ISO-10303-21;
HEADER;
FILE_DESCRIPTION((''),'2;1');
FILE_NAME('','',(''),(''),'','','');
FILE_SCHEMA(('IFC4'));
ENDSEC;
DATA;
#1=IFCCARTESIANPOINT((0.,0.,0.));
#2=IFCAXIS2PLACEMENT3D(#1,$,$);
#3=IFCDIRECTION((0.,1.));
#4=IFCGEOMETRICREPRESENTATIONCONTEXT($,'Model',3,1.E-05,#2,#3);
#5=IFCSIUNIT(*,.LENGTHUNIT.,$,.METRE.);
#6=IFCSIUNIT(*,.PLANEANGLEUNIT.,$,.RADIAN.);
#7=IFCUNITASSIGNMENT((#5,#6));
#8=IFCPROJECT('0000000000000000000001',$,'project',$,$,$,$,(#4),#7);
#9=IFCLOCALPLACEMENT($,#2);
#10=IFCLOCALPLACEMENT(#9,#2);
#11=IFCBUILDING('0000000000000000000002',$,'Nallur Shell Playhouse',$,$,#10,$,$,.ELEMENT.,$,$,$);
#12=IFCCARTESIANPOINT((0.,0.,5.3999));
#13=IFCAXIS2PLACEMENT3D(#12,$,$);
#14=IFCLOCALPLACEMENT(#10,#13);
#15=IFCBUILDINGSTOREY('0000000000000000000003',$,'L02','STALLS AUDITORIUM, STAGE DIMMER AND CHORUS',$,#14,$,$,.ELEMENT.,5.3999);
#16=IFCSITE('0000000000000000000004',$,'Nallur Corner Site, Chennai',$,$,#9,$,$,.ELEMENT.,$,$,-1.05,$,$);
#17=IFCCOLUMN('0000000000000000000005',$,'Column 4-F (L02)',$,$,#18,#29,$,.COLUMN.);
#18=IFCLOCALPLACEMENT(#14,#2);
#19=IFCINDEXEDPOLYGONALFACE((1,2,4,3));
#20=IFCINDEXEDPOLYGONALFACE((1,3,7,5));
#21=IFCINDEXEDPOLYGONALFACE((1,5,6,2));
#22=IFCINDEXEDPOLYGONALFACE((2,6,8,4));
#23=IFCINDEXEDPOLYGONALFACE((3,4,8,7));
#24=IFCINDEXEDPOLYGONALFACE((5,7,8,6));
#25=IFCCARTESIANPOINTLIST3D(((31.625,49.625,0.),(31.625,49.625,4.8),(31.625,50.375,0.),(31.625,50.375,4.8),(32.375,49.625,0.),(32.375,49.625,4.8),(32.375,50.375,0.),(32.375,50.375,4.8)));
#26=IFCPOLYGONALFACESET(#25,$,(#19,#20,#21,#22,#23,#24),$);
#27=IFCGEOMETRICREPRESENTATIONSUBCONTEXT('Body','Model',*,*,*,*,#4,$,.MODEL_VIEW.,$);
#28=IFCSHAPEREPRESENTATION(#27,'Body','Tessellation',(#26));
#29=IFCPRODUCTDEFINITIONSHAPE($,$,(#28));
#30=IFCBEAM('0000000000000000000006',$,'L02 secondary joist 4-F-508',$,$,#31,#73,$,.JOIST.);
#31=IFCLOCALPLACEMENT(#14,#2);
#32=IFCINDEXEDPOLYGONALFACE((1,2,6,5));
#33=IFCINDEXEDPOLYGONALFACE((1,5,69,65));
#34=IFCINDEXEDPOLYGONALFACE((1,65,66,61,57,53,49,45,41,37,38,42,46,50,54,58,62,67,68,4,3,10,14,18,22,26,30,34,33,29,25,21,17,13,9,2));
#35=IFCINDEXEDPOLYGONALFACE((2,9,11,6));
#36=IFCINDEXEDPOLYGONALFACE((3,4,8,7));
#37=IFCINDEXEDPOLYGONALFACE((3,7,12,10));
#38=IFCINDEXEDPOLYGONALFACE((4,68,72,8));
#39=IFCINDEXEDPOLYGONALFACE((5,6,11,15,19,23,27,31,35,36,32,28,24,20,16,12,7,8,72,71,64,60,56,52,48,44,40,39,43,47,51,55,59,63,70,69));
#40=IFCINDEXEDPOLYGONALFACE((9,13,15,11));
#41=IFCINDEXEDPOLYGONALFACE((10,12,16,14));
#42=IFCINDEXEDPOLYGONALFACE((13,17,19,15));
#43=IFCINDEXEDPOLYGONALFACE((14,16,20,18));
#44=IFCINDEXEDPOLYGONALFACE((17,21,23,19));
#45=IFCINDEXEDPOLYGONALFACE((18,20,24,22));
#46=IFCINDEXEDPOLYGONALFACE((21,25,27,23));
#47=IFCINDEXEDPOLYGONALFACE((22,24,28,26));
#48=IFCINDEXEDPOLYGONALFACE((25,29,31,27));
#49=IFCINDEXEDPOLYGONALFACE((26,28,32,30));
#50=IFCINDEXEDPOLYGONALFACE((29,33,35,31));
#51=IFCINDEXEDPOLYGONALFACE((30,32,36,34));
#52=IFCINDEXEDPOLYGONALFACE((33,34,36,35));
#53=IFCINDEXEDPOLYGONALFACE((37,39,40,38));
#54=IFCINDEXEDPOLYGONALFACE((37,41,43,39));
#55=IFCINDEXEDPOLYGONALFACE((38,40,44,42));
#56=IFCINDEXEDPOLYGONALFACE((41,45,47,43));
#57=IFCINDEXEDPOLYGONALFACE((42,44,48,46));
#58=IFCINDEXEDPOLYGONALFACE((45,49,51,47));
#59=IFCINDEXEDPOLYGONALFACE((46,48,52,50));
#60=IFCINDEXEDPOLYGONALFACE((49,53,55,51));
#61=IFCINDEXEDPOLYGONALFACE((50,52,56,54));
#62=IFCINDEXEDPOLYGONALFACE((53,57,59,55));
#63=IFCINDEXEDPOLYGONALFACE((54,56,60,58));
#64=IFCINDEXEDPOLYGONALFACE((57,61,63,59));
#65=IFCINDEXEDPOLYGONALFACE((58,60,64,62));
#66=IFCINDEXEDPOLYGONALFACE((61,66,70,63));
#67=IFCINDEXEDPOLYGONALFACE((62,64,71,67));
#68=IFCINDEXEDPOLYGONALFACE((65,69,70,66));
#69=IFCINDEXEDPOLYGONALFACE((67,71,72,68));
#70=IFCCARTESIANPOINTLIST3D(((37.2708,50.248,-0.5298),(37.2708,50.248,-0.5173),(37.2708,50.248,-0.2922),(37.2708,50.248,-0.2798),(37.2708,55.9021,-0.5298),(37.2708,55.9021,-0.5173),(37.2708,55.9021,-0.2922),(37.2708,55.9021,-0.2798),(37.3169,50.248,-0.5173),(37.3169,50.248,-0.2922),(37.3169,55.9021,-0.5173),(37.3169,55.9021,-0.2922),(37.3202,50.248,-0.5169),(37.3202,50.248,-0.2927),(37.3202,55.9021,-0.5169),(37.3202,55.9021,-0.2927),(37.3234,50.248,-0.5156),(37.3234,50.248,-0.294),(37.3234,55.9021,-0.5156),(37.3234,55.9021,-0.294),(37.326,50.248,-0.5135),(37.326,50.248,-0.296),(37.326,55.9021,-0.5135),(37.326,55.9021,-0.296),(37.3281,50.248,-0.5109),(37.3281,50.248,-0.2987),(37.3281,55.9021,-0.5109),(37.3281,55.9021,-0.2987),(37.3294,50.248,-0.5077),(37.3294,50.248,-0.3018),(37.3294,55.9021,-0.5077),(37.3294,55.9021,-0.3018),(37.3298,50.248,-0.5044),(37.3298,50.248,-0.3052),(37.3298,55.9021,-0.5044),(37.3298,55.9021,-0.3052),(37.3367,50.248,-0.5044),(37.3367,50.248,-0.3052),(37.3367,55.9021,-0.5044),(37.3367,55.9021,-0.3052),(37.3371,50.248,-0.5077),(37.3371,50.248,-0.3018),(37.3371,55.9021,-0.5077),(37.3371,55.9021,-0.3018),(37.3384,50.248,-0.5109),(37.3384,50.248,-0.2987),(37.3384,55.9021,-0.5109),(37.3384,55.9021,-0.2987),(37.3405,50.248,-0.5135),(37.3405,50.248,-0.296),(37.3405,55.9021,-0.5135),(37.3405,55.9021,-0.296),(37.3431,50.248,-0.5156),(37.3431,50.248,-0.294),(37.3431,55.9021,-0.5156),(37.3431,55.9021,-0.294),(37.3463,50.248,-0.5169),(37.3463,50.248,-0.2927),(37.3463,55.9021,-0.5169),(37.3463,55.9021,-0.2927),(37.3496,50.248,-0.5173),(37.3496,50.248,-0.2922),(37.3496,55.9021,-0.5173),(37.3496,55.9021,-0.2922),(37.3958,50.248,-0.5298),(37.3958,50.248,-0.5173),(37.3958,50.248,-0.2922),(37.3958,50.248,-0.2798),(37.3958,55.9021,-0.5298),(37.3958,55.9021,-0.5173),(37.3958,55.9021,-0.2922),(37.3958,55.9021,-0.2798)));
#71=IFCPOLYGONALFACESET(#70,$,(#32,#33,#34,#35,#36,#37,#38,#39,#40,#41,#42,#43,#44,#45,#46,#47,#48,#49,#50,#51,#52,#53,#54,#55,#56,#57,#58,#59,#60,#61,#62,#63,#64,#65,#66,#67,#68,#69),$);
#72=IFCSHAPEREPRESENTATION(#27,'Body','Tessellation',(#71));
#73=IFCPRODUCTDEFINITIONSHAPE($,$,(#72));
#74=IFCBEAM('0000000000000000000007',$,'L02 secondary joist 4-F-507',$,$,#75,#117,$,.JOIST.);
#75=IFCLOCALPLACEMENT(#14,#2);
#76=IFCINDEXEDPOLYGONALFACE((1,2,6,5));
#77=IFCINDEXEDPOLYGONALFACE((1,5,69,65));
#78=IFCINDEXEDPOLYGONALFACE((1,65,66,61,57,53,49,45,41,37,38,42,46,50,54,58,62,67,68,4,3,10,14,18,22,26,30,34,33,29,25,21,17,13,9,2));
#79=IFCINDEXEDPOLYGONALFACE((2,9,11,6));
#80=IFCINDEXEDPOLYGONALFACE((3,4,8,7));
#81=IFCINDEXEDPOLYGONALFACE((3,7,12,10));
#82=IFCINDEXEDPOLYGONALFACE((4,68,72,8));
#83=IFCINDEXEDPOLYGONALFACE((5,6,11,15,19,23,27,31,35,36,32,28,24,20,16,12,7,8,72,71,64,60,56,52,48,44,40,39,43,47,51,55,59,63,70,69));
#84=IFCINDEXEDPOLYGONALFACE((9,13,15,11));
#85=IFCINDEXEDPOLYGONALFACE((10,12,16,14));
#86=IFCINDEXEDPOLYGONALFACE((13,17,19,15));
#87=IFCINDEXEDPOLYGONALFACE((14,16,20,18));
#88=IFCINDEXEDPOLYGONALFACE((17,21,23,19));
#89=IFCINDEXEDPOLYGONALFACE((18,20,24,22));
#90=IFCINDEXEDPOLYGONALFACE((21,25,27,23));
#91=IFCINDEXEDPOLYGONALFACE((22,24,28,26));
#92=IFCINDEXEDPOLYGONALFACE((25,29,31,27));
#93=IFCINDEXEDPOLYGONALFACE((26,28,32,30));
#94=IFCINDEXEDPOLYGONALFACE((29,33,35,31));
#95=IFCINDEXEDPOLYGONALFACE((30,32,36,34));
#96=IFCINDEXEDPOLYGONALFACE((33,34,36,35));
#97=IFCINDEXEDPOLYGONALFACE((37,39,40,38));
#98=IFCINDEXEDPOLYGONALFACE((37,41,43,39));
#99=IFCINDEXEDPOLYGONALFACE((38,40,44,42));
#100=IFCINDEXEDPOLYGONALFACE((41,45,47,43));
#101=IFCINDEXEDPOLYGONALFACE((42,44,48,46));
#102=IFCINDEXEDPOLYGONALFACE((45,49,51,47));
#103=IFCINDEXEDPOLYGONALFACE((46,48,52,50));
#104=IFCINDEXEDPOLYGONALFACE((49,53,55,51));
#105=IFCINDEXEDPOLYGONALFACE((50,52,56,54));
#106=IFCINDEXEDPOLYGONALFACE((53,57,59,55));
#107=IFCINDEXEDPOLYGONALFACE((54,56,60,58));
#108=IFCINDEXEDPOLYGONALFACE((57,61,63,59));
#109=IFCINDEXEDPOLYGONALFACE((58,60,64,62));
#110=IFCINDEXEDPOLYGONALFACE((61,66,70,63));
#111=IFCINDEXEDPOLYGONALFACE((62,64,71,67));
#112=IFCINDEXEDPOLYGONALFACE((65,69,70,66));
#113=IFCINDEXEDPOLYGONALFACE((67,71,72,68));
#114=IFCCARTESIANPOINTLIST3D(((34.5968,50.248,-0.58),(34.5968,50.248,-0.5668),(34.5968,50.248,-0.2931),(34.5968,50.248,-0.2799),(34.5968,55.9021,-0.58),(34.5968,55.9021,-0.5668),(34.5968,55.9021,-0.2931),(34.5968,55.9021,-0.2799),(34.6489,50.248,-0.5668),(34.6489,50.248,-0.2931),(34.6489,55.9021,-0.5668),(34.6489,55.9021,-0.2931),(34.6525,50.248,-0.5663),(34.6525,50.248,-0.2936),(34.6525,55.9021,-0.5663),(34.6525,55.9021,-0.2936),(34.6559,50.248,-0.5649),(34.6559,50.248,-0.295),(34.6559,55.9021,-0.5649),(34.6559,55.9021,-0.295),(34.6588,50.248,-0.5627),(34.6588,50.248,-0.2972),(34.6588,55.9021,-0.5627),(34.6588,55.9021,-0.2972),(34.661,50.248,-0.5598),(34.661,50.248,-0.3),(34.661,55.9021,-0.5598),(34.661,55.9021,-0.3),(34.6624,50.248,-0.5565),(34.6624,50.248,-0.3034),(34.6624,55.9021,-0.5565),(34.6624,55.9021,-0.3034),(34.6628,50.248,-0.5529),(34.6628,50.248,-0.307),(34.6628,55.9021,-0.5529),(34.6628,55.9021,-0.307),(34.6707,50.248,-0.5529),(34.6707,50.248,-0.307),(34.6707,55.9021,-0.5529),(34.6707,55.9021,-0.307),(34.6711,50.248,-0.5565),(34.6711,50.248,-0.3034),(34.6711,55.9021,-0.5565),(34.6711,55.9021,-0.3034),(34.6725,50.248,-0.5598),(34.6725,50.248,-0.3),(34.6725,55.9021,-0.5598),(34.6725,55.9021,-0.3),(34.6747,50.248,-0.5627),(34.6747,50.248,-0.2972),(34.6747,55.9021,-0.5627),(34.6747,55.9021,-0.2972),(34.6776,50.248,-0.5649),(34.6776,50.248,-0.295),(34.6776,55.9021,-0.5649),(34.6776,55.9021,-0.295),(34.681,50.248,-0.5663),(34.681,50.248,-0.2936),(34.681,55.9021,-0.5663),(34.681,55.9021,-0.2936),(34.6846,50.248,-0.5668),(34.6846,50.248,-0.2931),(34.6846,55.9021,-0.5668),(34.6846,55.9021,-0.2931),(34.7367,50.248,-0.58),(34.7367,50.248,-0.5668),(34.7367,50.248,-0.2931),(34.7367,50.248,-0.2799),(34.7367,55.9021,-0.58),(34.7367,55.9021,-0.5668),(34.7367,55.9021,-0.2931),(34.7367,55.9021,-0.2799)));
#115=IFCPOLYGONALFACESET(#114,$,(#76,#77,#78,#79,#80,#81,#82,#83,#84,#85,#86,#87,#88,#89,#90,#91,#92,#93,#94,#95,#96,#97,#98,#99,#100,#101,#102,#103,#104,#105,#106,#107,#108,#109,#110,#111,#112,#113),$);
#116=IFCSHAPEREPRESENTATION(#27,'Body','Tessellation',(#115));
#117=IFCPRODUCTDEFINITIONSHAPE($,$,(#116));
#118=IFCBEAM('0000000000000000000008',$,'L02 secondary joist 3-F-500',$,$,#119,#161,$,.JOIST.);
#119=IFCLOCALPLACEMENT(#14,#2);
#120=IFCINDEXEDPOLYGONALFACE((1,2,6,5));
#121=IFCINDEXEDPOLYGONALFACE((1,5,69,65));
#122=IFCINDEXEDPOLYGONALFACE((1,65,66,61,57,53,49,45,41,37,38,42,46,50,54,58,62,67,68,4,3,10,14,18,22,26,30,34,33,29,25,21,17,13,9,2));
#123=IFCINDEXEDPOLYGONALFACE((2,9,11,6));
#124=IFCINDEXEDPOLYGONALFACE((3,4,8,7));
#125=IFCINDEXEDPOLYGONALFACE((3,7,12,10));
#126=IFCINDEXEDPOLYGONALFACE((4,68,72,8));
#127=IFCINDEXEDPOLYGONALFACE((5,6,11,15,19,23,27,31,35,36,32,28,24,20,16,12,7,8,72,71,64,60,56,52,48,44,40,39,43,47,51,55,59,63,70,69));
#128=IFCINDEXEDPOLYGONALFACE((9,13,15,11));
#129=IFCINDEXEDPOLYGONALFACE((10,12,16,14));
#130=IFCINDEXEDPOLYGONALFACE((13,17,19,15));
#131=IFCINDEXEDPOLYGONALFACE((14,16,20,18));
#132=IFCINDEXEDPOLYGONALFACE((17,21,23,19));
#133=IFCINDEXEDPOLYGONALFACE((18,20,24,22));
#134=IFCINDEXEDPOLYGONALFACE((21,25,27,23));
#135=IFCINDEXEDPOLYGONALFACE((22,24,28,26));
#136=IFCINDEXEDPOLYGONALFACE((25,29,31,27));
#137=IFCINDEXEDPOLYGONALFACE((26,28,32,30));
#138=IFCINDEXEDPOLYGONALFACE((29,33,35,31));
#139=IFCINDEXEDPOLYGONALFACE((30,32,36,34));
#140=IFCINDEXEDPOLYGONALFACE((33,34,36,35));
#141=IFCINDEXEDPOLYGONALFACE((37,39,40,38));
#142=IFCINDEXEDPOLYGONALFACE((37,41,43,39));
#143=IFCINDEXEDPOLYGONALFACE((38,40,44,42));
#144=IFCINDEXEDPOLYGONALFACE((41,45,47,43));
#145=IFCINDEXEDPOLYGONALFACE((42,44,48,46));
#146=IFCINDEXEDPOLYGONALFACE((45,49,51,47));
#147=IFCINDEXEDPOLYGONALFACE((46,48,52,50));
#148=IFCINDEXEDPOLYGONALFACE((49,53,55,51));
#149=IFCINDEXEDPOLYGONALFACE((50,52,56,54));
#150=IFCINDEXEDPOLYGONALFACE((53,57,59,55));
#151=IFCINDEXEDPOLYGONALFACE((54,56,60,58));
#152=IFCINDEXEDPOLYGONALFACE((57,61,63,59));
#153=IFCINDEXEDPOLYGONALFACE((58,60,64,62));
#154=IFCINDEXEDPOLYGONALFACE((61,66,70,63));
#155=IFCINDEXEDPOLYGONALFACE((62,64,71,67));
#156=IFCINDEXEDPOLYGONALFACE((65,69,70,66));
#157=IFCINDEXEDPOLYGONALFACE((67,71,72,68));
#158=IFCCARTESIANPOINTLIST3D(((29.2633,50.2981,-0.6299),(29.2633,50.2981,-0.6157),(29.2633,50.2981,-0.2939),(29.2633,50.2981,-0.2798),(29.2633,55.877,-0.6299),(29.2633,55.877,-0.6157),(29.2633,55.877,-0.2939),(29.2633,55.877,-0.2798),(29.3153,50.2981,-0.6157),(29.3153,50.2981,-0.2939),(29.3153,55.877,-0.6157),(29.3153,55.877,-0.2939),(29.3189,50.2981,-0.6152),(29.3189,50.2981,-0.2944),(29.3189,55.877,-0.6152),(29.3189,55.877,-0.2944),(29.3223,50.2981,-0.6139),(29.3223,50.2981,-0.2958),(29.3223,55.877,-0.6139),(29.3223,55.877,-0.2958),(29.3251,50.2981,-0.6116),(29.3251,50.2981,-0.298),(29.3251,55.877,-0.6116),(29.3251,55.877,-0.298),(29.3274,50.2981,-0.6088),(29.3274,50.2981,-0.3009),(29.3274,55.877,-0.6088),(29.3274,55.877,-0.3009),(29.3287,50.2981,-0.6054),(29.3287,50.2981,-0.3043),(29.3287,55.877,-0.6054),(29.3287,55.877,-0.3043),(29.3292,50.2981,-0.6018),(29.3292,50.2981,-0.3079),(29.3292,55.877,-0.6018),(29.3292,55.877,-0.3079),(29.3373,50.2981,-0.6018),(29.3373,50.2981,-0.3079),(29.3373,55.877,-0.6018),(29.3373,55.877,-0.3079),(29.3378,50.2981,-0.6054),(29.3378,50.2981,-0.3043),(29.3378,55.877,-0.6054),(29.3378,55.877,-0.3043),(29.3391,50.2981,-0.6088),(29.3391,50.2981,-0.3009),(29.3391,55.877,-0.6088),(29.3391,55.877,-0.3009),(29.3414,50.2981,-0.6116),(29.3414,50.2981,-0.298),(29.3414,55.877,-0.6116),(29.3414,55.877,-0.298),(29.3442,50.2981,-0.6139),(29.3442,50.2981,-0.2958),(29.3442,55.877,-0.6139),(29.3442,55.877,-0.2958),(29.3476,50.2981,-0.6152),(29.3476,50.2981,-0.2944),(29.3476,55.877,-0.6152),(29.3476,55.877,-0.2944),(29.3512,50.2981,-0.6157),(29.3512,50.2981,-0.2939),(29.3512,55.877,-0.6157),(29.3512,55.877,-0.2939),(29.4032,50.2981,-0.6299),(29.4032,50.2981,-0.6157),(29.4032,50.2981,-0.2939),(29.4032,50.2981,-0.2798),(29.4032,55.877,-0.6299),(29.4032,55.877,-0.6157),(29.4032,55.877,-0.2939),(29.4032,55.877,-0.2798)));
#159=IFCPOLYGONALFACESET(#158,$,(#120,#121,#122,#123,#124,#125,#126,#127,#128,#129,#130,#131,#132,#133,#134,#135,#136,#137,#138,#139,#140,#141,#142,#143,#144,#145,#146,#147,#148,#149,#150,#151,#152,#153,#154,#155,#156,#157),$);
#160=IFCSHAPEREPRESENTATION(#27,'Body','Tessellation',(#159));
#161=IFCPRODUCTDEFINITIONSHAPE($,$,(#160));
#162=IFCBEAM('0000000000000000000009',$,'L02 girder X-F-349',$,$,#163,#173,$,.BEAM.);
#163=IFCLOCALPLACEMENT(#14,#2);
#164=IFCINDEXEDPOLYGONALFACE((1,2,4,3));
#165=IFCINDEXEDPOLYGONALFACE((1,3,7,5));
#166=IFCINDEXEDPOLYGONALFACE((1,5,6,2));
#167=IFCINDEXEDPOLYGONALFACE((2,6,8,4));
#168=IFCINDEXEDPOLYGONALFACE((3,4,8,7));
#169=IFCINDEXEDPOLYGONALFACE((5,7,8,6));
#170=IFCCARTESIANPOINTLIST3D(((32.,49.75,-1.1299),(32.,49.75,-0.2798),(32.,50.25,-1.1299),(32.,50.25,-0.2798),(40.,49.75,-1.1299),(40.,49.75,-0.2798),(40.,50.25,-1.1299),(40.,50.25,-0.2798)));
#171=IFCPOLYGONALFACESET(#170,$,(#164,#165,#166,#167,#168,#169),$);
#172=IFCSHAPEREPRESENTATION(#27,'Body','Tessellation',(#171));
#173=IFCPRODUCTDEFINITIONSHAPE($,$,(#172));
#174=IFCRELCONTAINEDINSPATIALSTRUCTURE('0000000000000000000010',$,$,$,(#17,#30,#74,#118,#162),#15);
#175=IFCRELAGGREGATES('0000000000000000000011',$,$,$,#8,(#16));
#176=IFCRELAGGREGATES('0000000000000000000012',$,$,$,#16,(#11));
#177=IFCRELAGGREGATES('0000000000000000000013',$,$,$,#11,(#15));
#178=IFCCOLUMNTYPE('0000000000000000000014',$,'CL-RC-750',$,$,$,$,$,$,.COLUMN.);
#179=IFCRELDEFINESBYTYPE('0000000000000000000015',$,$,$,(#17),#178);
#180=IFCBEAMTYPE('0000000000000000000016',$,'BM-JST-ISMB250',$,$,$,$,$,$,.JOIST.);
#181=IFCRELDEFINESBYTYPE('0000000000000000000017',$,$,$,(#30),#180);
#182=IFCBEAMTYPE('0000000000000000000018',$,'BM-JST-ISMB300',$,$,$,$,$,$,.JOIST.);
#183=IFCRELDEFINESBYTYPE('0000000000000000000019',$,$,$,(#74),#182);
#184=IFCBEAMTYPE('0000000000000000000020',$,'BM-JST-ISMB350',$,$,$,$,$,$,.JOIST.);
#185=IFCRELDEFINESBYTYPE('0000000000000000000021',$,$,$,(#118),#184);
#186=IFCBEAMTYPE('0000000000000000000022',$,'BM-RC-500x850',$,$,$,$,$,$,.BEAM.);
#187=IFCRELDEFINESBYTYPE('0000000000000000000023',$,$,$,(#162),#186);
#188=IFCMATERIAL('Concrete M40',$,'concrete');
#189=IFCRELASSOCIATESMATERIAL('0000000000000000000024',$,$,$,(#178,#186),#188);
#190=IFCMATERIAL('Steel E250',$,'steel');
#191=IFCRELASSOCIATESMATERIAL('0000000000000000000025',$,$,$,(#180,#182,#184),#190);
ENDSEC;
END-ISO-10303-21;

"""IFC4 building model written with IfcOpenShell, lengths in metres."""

from ifc_helpers import new_model, si_unit, direction, frame, origin, origin_2d, place, context, subcontext, project, spatial, rectangle, i_section, extrude, material, material_profile, profile_set, type_object, element, save


model = new_model("IFC4")

# Units and contexts
model_context = context("Model", 3, precision=1e-05, world=origin(), true_north=direction((0.0, 1.0)))
body_context = subcontext(model_context, "Body", "Model", "MODEL_VIEW")
ifc_project = project(units=[si_unit("LENGTHUNIT", "METRE"), si_unit("PLANEANGLEUNIT", "RADIAN")], contexts=[model_context])

# Site, building, storey
site_placement = place(None, origin())
site = spatial("IfcSite", under=ifc_project, at=site_placement, Name="Nallur Corner Site, Chennai", CompositionType="ELEMENT", RefElevation=-1.05)
building_placement = place(site_placement, origin())
building = spatial("IfcBuilding", under=site, at=building_placement, Name="Nallur Shell Playhouse", CompositionType="ELEMENT")
storey_placement = place(building_placement, frame((0.0, 0.0, 5.3999)))
storey = spatial("IfcBuildingStorey", under=building, at=storey_placement, Name="L02", Description="STALLS AUDITORIUM, STAGE DIMMER AND CHORUS", CompositionType="ELEMENT", Elevation=5.3999)

# Column
ifc_material_1 = material(Name="Concrete M40", Category="concrete")
ifc_material_profile_1 = material_profile(ifc_material_1, rectangle(XDim=0.75, YDim=0.75, at=origin_2d()), Name="RC 750x750")
ifc_profile_set_1 = profile_set([ifc_material_profile_1], Name="Concrete M40")
column_type = type_object("IfcColumnType", Name="CL-RC-750", PredefinedType="COLUMN", material=ifc_profile_set_1)
column_placement = place(storey_placement, frame((32.0, 50.0, 0.0), z_axis=(0.0, 0.0, 1.0), x_axis=(1.0, 0.0, 0.0)))
element("IfcColumn", 1, at=column_placement, inside=storey, type_object=column_type, Name="Column 4-F (L02)", PredefinedType="COLUMN", context=body_context, shape_type="SweptSolid", body=[
    extrude(rectangle(XDim=0.75, YDim=0.75, at=origin_2d()), origin(), (0.0, 0.0, 1.0), 4.8),
])

# Beams
ifc_material_2 = material(Name="Steel E250", Category="steel")
ifc_material_profile_2 = material_profile(ifc_material_2, i_section(OverallWidth=0.125, OverallDepth=0.25, WebThickness=0.0068, FlangeThickness=0.0125, FilletRadius=0.0129, at=origin_2d()), Name="ISMB 250")
ifc_profile_set_2 = profile_set([ifc_material_profile_2], Name="Steel E250")
beam_type_1 = type_object("IfcBeamType", Name="BM-JST-ISMB250", PredefinedType="JOIST", material=ifc_profile_set_2)
beam_1_placement = place(storey_placement, frame((37.3333, 50.248, -0.4048), z_axis=(0.0, 1.0, 0.0), x_axis=(-1.0, 0.0, 0.0)))
element("IfcBeam", 2, at=beam_1_placement, inside=storey, type_object=beam_type_1, Name="L02 secondary joist 4-F-508", PredefinedType="JOIST", context=body_context, shape_type="SweptSolid", body=[
    extrude(i_section(OverallWidth=0.125, OverallDepth=0.25, WebThickness=0.0068, FlangeThickness=0.0125, FilletRadius=0.0129, at=origin_2d()), origin(), (0.0, 0.0, 1.0), 5.6541),
])
ifc_material_profile_3 = material_profile(ifc_material_2, i_section(OverallWidth=0.1399, OverallDepth=0.3, WebThickness=0.0078, FlangeThickness=0.0132, FilletRadius=0.0139, at=origin_2d()), Name="ISMB 300")
ifc_profile_set_3 = profile_set([ifc_material_profile_3], Name="Steel E250")
beam_type_2 = type_object("IfcBeamType", Name="BM-JST-ISMB300", PredefinedType="JOIST", material=ifc_profile_set_3)
beam_2_placement = place(storey_placement, frame((34.6667, 50.248, -0.4299), z_axis=(0.0, 1.0, 0.0), x_axis=(-1.0, 0.0, 0.0)))
element("IfcBeam", 3, at=beam_2_placement, inside=storey, type_object=beam_type_2, Name="L02 secondary joist 4-F-507", PredefinedType="JOIST", context=body_context, shape_type="SweptSolid", body=[
    extrude(i_section(OverallWidth=0.1399, OverallDepth=0.3, WebThickness=0.0078, FlangeThickness=0.0132, FilletRadius=0.0139, at=origin_2d()), origin(), (0.0, 0.0, 1.0), 5.6541),
])
ifc_material_profile_4 = material_profile(ifc_material_2, i_section(OverallWidth=0.1399, OverallDepth=0.3501, WebThickness=0.0081, FlangeThickness=0.0142, FilletRadius=0.0139, at=origin_2d()), Name="ISMB 350")
ifc_profile_set_4 = profile_set([ifc_material_profile_4], Name="Steel E250")
beam_type_3 = type_object("IfcBeamType", Name="BM-JST-ISMB350", PredefinedType="JOIST", material=ifc_profile_set_4)
beam_3_placement = place(storey_placement, frame((29.3333, 50.2981, -0.4548), z_axis=(0.0, 1.0, 0.0), x_axis=(-1.0, 0.0, 0.0)))
element("IfcBeam", 4, at=beam_3_placement, inside=storey, type_object=beam_type_3, Name="L02 secondary joist 3-F-500", PredefinedType="JOIST", context=body_context, shape_type="SweptSolid", body=[
    extrude(i_section(OverallWidth=0.1399, OverallDepth=0.3501, WebThickness=0.0081, FlangeThickness=0.0142, FilletRadius=0.0139, at=origin_2d()), origin(), (0.0, 0.0, 1.0), 5.5789),
])
ifc_material_profile_5 = material_profile(ifc_material_1, rectangle(XDim=0.5, YDim=0.8501, at=origin_2d()), Name="RC 500x850")
ifc_profile_set_5 = profile_set([ifc_material_profile_5], Name="Concrete M40")
beam_type_4 = type_object("IfcBeamType", Name="BM-RC-500x850", PredefinedType="BEAM", material=ifc_profile_set_5)
beam_4_placement = place(storey_placement, frame((32.0, 50.0, -0.7048), z_axis=(1.0, 0.0, 0.0), x_axis=(0.0, 1.0, 0.0)))
element("IfcBeam", 5, at=beam_4_placement, inside=storey, type_object=beam_type_4, Name="L02 girder X-F-349", PredefinedType="BEAM", context=body_context, shape_type="SweptSolid", body=[
    extrude(rectangle(XDim=0.5, YDim=0.8501, at=origin_2d()), origin(), (0.0, 0.0, 1.0), 8.0),
])

save(model, "model.ifc")
